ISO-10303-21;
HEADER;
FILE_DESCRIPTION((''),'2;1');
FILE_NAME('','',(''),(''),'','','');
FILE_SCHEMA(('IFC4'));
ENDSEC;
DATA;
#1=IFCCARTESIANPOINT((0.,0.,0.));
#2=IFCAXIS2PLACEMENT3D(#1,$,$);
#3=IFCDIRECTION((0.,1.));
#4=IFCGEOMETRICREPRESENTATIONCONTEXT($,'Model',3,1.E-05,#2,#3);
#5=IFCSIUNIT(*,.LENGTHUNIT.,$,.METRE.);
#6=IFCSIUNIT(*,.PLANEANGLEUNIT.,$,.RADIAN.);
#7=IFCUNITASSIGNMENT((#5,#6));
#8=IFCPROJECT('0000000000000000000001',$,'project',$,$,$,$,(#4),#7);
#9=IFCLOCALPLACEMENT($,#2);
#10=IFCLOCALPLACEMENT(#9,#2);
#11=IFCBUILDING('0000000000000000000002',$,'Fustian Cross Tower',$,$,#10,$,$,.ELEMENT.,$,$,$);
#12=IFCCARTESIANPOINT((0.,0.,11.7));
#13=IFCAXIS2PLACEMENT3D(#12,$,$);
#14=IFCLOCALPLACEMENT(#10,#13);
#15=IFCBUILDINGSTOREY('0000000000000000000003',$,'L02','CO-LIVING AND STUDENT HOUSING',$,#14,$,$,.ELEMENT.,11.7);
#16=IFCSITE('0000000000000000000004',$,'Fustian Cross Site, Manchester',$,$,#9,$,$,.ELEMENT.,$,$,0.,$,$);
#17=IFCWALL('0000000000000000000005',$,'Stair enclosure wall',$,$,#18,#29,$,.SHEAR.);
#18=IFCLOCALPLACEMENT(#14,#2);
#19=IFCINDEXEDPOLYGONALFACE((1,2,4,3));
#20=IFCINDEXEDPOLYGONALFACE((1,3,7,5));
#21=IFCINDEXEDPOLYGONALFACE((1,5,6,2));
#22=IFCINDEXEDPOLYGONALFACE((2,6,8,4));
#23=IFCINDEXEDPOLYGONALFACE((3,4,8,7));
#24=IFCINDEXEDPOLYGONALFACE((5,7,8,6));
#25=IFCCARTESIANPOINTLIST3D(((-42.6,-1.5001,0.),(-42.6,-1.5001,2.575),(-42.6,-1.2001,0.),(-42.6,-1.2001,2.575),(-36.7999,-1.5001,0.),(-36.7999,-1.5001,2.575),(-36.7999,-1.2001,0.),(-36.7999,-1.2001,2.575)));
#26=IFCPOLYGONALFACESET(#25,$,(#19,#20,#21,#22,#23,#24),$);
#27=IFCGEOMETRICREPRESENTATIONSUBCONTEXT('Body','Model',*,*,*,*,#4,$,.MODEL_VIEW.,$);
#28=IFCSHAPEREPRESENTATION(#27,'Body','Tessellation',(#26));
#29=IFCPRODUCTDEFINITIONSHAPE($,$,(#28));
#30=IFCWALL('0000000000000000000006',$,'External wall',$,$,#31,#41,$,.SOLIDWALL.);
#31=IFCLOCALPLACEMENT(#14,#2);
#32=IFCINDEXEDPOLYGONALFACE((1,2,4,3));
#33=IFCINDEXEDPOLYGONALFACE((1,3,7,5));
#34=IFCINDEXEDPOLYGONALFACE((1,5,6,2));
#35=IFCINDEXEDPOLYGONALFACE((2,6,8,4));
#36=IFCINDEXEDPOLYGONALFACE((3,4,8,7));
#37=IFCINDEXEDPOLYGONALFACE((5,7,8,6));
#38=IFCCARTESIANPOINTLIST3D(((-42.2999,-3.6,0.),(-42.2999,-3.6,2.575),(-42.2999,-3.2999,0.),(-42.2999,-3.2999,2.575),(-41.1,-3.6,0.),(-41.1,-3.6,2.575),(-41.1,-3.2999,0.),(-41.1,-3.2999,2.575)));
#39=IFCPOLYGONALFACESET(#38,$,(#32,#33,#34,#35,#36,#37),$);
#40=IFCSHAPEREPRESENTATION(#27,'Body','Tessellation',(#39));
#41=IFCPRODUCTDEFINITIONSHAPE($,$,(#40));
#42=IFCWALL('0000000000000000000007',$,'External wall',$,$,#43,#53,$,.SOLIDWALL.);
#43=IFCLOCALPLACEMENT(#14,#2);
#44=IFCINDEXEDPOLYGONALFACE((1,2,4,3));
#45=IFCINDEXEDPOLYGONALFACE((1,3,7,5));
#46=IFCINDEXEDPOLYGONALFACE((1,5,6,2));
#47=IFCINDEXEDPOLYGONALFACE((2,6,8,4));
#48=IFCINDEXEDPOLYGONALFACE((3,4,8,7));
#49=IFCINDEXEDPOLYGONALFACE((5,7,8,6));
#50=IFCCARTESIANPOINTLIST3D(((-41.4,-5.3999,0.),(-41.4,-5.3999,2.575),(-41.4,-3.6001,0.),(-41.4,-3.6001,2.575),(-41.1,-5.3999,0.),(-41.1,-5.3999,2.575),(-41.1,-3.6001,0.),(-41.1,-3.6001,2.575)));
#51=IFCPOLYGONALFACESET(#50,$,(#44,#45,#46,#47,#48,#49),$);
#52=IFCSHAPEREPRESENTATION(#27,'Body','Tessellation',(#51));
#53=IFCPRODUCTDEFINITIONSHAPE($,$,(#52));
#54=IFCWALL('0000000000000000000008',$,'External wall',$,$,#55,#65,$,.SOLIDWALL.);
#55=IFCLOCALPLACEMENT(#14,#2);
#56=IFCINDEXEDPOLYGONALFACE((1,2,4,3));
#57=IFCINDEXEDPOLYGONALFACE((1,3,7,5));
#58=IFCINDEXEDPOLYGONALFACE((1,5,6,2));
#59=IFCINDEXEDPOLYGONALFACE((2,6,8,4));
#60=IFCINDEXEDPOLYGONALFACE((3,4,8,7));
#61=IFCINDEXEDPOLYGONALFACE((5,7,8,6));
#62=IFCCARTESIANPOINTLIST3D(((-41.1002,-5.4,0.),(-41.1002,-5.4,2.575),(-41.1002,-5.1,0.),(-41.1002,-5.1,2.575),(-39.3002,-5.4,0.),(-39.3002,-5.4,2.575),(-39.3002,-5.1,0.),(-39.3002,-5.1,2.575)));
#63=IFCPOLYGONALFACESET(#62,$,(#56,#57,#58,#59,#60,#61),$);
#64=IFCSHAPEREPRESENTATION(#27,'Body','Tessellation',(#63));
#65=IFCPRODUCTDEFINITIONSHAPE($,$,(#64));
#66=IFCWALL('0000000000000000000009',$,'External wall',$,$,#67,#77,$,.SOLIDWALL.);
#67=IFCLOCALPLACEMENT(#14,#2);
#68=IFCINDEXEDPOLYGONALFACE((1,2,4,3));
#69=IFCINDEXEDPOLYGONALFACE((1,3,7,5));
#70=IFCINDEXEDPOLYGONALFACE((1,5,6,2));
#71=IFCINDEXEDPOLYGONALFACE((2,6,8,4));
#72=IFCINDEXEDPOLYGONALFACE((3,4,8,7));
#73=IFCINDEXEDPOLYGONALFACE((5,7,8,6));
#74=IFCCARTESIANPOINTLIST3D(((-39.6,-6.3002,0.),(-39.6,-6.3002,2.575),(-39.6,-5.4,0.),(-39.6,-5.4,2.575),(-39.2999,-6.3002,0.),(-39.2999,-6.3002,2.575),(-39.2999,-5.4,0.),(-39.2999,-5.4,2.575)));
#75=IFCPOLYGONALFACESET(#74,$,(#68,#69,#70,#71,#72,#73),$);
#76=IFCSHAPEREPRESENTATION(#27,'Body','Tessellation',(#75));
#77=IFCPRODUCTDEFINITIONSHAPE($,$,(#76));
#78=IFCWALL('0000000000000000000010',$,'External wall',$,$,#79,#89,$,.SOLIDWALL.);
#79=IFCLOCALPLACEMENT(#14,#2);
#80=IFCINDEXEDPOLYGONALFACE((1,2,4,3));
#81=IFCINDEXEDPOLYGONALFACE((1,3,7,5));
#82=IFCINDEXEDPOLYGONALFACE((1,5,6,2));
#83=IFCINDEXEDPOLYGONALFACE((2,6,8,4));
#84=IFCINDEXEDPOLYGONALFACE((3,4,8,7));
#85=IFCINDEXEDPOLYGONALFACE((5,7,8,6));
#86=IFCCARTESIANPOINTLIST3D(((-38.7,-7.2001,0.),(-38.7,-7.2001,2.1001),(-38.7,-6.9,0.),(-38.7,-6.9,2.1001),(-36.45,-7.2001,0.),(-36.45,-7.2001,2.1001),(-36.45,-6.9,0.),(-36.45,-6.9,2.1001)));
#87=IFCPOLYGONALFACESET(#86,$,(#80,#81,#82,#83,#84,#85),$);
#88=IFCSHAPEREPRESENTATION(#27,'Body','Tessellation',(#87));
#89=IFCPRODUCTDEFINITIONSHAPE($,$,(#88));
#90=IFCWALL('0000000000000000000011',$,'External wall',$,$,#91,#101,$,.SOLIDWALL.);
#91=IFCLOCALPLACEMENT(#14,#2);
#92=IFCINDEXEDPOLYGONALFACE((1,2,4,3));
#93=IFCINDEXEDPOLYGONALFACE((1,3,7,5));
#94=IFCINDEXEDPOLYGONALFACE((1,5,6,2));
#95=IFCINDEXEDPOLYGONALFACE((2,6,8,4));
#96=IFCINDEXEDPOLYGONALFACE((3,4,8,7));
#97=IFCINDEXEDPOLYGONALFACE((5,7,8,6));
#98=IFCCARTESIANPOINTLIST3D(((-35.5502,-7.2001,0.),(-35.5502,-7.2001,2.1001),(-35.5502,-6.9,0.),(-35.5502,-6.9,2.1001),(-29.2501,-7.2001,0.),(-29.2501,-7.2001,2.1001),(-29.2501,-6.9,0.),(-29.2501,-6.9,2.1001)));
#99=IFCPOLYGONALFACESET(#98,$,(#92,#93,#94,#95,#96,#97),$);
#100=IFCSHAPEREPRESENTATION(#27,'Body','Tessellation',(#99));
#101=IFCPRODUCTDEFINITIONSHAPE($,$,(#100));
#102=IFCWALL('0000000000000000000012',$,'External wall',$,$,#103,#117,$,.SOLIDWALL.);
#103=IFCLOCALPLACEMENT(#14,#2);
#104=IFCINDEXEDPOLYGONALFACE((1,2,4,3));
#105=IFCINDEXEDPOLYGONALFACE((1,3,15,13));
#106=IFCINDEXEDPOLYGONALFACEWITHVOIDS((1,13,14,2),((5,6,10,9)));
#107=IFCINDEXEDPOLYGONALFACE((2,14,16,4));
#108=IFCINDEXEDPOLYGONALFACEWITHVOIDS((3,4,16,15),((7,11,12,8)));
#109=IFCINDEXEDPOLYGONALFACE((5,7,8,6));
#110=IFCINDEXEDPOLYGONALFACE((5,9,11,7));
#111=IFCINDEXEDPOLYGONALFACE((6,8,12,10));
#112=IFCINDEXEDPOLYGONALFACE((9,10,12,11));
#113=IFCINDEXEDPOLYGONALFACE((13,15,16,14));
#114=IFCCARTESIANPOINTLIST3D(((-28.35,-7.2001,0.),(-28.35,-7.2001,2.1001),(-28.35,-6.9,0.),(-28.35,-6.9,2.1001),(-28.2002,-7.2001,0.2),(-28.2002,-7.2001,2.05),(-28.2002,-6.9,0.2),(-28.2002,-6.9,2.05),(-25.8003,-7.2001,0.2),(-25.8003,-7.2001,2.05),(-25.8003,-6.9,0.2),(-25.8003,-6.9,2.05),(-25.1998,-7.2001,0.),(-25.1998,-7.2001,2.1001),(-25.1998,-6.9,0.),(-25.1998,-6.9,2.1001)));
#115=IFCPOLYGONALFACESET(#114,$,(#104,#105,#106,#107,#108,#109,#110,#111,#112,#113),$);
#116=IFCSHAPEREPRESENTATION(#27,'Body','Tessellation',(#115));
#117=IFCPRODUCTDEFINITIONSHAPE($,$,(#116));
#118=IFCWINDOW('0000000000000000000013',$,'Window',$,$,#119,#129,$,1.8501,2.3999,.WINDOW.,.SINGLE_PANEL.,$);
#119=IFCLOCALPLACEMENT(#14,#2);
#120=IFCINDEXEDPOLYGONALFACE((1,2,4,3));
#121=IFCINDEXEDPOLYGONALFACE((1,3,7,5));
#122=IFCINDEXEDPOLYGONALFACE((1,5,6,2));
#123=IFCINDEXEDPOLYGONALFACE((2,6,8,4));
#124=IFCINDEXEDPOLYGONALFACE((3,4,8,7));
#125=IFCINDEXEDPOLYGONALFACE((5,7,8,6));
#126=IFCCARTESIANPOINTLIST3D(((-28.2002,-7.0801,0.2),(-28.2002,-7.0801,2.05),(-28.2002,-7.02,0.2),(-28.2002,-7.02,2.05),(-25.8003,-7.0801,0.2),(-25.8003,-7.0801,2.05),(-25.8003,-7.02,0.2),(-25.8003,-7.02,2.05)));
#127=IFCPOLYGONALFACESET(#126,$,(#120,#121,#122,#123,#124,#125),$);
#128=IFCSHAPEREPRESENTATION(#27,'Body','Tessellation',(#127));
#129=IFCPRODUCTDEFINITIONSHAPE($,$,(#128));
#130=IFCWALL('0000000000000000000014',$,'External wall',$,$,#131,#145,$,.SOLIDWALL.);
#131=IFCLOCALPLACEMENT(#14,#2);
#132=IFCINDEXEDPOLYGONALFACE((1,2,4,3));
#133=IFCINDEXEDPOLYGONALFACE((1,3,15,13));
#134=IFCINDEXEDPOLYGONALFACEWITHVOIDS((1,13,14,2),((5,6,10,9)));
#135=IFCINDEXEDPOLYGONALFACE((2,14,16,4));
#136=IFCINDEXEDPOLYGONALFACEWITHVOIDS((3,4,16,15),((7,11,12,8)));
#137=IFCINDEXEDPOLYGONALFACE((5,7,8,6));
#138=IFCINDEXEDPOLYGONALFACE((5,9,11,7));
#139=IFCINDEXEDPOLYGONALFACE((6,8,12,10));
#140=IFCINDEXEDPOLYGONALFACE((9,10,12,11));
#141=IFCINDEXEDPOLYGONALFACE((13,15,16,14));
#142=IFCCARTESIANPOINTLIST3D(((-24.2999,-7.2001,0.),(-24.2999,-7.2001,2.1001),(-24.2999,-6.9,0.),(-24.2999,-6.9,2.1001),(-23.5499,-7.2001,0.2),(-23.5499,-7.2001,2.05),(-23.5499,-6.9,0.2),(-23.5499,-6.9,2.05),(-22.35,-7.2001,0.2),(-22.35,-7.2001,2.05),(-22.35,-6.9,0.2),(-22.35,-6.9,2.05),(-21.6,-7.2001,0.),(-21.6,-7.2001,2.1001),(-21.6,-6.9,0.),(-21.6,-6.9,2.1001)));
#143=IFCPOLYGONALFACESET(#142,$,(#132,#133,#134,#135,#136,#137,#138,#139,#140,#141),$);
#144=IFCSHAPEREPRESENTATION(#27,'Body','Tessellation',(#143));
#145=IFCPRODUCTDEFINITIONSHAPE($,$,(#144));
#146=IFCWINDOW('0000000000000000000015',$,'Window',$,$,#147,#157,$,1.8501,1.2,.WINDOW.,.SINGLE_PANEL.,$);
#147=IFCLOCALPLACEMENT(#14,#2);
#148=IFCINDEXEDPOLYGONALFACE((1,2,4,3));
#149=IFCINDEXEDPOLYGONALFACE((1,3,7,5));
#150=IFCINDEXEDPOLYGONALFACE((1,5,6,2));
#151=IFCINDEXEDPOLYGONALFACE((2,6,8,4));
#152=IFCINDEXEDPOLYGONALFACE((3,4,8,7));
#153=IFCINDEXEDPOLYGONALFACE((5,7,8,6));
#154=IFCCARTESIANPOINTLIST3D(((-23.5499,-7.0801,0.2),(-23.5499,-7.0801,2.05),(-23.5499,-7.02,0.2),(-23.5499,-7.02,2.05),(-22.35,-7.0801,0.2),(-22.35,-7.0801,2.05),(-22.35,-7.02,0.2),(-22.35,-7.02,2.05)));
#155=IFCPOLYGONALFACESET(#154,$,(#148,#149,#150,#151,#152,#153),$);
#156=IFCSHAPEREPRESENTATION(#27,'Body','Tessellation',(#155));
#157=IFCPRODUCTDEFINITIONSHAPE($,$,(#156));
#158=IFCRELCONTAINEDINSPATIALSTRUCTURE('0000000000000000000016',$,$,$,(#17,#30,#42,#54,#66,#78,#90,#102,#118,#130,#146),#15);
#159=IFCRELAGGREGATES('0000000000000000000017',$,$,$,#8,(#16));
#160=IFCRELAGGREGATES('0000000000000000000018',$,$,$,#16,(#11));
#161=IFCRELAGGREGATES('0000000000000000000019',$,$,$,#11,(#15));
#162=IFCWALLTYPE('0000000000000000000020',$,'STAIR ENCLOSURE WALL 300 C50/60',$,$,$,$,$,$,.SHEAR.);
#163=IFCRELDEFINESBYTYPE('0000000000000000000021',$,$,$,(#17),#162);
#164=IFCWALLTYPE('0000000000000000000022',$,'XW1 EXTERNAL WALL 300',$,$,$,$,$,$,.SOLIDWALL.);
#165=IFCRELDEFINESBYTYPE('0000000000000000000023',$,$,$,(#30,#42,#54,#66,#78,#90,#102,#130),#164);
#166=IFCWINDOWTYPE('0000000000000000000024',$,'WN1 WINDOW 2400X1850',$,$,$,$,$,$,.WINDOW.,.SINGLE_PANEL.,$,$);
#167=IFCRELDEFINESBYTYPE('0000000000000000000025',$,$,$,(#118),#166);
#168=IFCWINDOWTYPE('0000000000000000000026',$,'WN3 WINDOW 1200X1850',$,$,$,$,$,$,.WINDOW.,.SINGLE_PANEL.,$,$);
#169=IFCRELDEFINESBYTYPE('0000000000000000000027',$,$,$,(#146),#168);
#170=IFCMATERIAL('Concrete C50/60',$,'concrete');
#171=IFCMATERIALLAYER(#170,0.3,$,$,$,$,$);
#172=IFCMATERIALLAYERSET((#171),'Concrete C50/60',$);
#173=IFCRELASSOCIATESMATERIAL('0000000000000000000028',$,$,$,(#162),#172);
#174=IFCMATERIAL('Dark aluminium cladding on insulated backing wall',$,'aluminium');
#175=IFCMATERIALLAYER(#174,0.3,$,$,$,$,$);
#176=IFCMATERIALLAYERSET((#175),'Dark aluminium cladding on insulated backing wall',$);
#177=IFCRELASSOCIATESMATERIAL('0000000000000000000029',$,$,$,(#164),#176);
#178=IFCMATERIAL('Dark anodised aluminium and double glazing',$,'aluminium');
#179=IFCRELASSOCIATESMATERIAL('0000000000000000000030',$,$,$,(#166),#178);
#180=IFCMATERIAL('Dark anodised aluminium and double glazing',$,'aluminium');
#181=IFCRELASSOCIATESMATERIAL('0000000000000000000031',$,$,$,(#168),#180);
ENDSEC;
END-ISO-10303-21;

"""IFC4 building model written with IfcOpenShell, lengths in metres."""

from ifc_helpers import new_model, si_unit, direction, frame, frame_2d, origin, place, context, subcontext, project, spatial, rectangle, extrude, material, layer, layer_set, type_object, element, fill, save


model = new_model("IFC4")

# Units and contexts
model_context = context("Model", 3, precision=1e-05, world=origin(), true_north=direction((0.0, 1.0)))
body_context = subcontext(model_context, "Body", "Model", "MODEL_VIEW")
ifc_project = project(units=[si_unit("LENGTHUNIT", "METRE"), si_unit("PLANEANGLEUNIT", "RADIAN")], contexts=[model_context])

# Site, building, storey
site_placement = place(None, origin())
site = spatial("IfcSite", under=ifc_project, at=site_placement, Name="Fustian Cross Site, Manchester", CompositionType="ELEMENT", RefElevation=0.0)
building_placement = place(site_placement, origin())
building = spatial("IfcBuilding", under=site, at=building_placement, Name="Fustian Cross Tower", CompositionType="ELEMENT")
storey_placement = place(building_placement, frame((0.0, 0.0, 11.7)))
storey = spatial("IfcBuildingStorey", under=building, at=storey_placement, Name="L02", Description="CO-LIVING AND STUDENT HOUSING", CompositionType="ELEMENT", Elevation=11.7)

# Shared definitions
ifc_material_1 = material(Name="Concrete C50/60", Category="concrete")
ifc_layer_1 = layer(ifc_material_1, 0.3)
ifc_layer_set_1 = layer_set([ifc_layer_1], Name="Concrete C50/60")
wall_type_1 = type_object("IfcWallType", Name="STAIR ENCLOSURE WALL 300 C50/60", PredefinedType="SHEAR", material=ifc_layer_set_1)

# Walls
wall_1_placement = place(storey_placement, frame((-36.8, -1.3501, 0.0), z_axis=(0.0, 0.0, 1.0), x_axis=(-1.0, 0.0, 0.0)))
element("IfcWall", 1, at=wall_1_placement, inside=storey, type_object=wall_type_1, Name="Stair enclosure wall", PredefinedType="SHEAR", context=body_context, shape_type="SweptSolid", body=[
    extrude(rectangle(XDim=5.8, YDim=0.3, at=frame_2d((2.8999, 0.0))), origin(), (0.0, 0.0, 1.0), 2.575),
])
ifc_material_2 = material(Name="Dark aluminium cladding on insulated backing wall", Category="aluminium")
ifc_layer_2 = layer(ifc_material_2, 0.3)
ifc_layer_set_2 = layer_set([ifc_layer_2], Name="Dark aluminium cladding on insulated backing wall")
wall_type_2 = type_object("IfcWallType", Name="XW1 EXTERNAL WALL 300", PredefinedType="SOLIDWALL", material=ifc_layer_set_2)
wall_2_placement = place(storey_placement, frame((-42.3, -3.45, 0.0), z_axis=(0.0, 0.0, 1.0), x_axis=(1.0, 0.0, 0.0)))
element("IfcWall", 2, at=wall_2_placement, inside=storey, type_object=wall_type_2, Name="External wall", PredefinedType="SOLIDWALL", context=body_context, shape_type="SweptSolid", body=[
    extrude(rectangle(XDim=1.2, YDim=0.3, at=frame_2d((0.6001, 0.0))), origin(), (0.0, 0.0, 1.0), 2.575),
])
wall_3_placement = place(storey_placement, frame((-41.25, -3.6001, 0.0), z_axis=(0.0, 0.0, 1.0), x_axis=(0.0, -1.0, 0.0)))
element("IfcWall", 3, at=wall_3_placement, inside=storey, type_object=wall_type_2, Name="External wall", PredefinedType="SOLIDWALL", context=body_context, shape_type="SweptSolid", body=[
    extrude(rectangle(XDim=1.7998, YDim=0.3, at=frame_2d((0.8999, 0.0))), origin(), (0.0, 0.0, 1.0), 2.575),
])
wall_4_placement = place(storey_placement, frame((-41.1001, -5.25, 0.0), z_axis=(0.0, 0.0, 1.0), x_axis=(1.0, 0.0, 0.0)))
element("IfcWall", 4, at=wall_4_placement, inside=storey, type_object=wall_type_2, Name="External wall", PredefinedType="SOLIDWALL", context=body_context, shape_type="SweptSolid", body=[
    extrude(rectangle(XDim=1.8, YDim=0.3, at=frame_2d((0.8999, 0.0))), origin(), (0.0, 0.0, 1.0), 2.575),
])
wall_5_placement = place(storey_placement, frame((-39.45, -5.3999, 0.0), z_axis=(0.0, 0.0, 1.0), x_axis=(0.0, -1.0, 0.0)))
element("IfcWall", 5, at=wall_5_placement, inside=storey, type_object=wall_type_2, Name="External wall", PredefinedType="SOLIDWALL", context=body_context, shape_type="SweptSolid", body=[
    extrude(rectangle(XDim=0.9001, YDim=0.3, at=frame_2d((0.4502, 0.0))), origin(), (0.0, 0.0, 1.0), 2.575),
])
wall_6_placement = place(storey_placement, frame((-38.7, -7.05, 0.0), z_axis=(0.0, 0.0, 1.0), x_axis=(1.0, 0.0, 0.0)))
element("IfcWall", 6, at=wall_6_placement, inside=storey, type_object=wall_type_2, Name="External wall", PredefinedType="SOLIDWALL", context=body_context, shape_type="SweptSolid", body=[
    extrude(rectangle(XDim=2.25, YDim=0.3, at=frame_2d((1.125, 0.0))), origin(), (0.0, 0.0, 1.0), 2.1001),
])
wall_7_placement = place(storey_placement, frame((-35.55, -7.05, 0.0), z_axis=(0.0, 0.0, 1.0), x_axis=(1.0, 0.0, 0.0)))
element("IfcWall", 7, at=wall_7_placement, inside=storey, type_object=wall_type_2, Name="External wall", PredefinedType="SOLIDWALL", context=body_context, shape_type="SweptSolid", body=[
    extrude(rectangle(XDim=6.3, YDim=0.3, at=frame_2d((3.1499, 0.0))), origin(), (0.0, 0.0, 1.0), 2.1001),
])

# Walls, openings, windows
wall_8_placement = place(storey_placement, frame((-28.3501, -7.05, 0.0), z_axis=(0.0, 0.0, 1.0), x_axis=(1.0, 0.0, 0.0)))
wall_8 = element("IfcWall", 8, at=wall_8_placement, inside=storey, type_object=wall_type_2, Name="External wall", PredefinedType="SOLIDWALL", context=body_context, shape_type="SweptSolid", body=[
    extrude(rectangle(XDim=3.1501, YDim=0.3, at=frame_2d((1.5752, 0.0))), origin(), (0.0, 0.0, 1.0), 2.1001),
])
opening_1_placement = place(wall_8_placement, frame((0.1499, 0.0, 0.2)))
opening_1 = element("IfcOpeningElement", 9, at=opening_1_placement, cuts=wall_8, PredefinedType="OPENING", context=body_context, shape_type="SweptSolid", body=[
    extrude(rectangle(XDim=2.3999, YDim=1.8501, at=frame_2d((1.2, 0.925))), frame((0.0, 0.1599, 0.0), z_axis=(0.0, -1.0, 0.0), x_axis=(1.0, 0.0, 0.0)), (0.0, 0.0, 1.0), 0.3201),
])
ifc_material_3 = material(Name="Dark anodised aluminium and double glazing", Category="aluminium")
window_type_1 = type_object("IfcWindowType", Name="WN1 WINDOW 2400X1850", PartitioningType="SINGLE_PANEL", PredefinedType="WINDOW", material=ifc_material_3)
window_1_placement = place(opening_1_placement, origin())
window_1 = element("IfcWindow", 10, at=window_1_placement, inside=storey, type_object=window_type_1, Name="Window", OverallHeight=1.8501, OverallWidth=2.3999, PartitioningType="SINGLE_PANEL", PredefinedType="WINDOW", context=body_context, shape_type="SweptSolid", body=[
    extrude(rectangle(XDim=2.3999, YDim=1.8501, at=frame_2d((1.2, 0.925))), frame((0.0, 0.03, 0.0), z_axis=(0.0, -1.0, 0.0), x_axis=(1.0, 0.0, 0.0)), (0.0, 0.0, 1.0), 0.0601),
])
fill(opening_1, window_1)
wall_9_placement = place(storey_placement, frame((-24.3, -7.05, 0.0), z_axis=(0.0, 0.0, 1.0), x_axis=(1.0, 0.0, 0.0)))
wall_9 = element("IfcWall", 11, at=wall_9_placement, inside=storey, type_object=wall_type_2, Name="External wall", PredefinedType="SOLIDWALL", context=body_context, shape_type="SweptSolid", body=[
    extrude(rectangle(XDim=2.7, YDim=0.3, at=frame_2d((1.3501, 0.0))), origin(), (0.0, 0.0, 1.0), 2.1001),
])
opening_2_placement = place(wall_9_placement, frame((0.75, 0.0, 0.2)))
opening_2 = element("IfcOpeningElement", 12, at=opening_2_placement, cuts=wall_9, PredefinedType="OPENING", context=body_context, shape_type="SweptSolid", body=[
    extrude(rectangle(XDim=1.2, YDim=1.8501, at=frame_2d((0.6001, 0.925))), frame((0.0, 0.1599, 0.0), z_axis=(0.0, -1.0, 0.0), x_axis=(1.0, 0.0, 0.0)), (0.0, 0.0, 1.0), 0.3201),
])
ifc_material_4 = material(Name="Dark anodised aluminium and double glazing", Category="aluminium")
window_type_2 = type_object("IfcWindowType", Name="WN3 WINDOW 1200X1850", PartitioningType="SINGLE_PANEL", PredefinedType="WINDOW", material=ifc_material_4)
window_2_placement = place(opening_2_placement, origin())
window_2 = element("IfcWindow", 13, at=window_2_placement, inside=storey, type_object=window_type_2, Name="Window", OverallHeight=1.8501, OverallWidth=1.2, PartitioningType="SINGLE_PANEL", PredefinedType="WINDOW", context=body_context, shape_type="SweptSolid", body=[
    extrude(rectangle(XDim=1.2, YDim=1.8501, at=frame_2d((0.6001, 0.925))), frame((0.0, 0.03, 0.0), z_axis=(0.0, -1.0, 0.0), x_axis=(1.0, 0.0, 0.0)), (0.0, 0.0, 1.0), 0.0601),
])
fill(opening_2, window_2)

save(model, "model.ifc")
